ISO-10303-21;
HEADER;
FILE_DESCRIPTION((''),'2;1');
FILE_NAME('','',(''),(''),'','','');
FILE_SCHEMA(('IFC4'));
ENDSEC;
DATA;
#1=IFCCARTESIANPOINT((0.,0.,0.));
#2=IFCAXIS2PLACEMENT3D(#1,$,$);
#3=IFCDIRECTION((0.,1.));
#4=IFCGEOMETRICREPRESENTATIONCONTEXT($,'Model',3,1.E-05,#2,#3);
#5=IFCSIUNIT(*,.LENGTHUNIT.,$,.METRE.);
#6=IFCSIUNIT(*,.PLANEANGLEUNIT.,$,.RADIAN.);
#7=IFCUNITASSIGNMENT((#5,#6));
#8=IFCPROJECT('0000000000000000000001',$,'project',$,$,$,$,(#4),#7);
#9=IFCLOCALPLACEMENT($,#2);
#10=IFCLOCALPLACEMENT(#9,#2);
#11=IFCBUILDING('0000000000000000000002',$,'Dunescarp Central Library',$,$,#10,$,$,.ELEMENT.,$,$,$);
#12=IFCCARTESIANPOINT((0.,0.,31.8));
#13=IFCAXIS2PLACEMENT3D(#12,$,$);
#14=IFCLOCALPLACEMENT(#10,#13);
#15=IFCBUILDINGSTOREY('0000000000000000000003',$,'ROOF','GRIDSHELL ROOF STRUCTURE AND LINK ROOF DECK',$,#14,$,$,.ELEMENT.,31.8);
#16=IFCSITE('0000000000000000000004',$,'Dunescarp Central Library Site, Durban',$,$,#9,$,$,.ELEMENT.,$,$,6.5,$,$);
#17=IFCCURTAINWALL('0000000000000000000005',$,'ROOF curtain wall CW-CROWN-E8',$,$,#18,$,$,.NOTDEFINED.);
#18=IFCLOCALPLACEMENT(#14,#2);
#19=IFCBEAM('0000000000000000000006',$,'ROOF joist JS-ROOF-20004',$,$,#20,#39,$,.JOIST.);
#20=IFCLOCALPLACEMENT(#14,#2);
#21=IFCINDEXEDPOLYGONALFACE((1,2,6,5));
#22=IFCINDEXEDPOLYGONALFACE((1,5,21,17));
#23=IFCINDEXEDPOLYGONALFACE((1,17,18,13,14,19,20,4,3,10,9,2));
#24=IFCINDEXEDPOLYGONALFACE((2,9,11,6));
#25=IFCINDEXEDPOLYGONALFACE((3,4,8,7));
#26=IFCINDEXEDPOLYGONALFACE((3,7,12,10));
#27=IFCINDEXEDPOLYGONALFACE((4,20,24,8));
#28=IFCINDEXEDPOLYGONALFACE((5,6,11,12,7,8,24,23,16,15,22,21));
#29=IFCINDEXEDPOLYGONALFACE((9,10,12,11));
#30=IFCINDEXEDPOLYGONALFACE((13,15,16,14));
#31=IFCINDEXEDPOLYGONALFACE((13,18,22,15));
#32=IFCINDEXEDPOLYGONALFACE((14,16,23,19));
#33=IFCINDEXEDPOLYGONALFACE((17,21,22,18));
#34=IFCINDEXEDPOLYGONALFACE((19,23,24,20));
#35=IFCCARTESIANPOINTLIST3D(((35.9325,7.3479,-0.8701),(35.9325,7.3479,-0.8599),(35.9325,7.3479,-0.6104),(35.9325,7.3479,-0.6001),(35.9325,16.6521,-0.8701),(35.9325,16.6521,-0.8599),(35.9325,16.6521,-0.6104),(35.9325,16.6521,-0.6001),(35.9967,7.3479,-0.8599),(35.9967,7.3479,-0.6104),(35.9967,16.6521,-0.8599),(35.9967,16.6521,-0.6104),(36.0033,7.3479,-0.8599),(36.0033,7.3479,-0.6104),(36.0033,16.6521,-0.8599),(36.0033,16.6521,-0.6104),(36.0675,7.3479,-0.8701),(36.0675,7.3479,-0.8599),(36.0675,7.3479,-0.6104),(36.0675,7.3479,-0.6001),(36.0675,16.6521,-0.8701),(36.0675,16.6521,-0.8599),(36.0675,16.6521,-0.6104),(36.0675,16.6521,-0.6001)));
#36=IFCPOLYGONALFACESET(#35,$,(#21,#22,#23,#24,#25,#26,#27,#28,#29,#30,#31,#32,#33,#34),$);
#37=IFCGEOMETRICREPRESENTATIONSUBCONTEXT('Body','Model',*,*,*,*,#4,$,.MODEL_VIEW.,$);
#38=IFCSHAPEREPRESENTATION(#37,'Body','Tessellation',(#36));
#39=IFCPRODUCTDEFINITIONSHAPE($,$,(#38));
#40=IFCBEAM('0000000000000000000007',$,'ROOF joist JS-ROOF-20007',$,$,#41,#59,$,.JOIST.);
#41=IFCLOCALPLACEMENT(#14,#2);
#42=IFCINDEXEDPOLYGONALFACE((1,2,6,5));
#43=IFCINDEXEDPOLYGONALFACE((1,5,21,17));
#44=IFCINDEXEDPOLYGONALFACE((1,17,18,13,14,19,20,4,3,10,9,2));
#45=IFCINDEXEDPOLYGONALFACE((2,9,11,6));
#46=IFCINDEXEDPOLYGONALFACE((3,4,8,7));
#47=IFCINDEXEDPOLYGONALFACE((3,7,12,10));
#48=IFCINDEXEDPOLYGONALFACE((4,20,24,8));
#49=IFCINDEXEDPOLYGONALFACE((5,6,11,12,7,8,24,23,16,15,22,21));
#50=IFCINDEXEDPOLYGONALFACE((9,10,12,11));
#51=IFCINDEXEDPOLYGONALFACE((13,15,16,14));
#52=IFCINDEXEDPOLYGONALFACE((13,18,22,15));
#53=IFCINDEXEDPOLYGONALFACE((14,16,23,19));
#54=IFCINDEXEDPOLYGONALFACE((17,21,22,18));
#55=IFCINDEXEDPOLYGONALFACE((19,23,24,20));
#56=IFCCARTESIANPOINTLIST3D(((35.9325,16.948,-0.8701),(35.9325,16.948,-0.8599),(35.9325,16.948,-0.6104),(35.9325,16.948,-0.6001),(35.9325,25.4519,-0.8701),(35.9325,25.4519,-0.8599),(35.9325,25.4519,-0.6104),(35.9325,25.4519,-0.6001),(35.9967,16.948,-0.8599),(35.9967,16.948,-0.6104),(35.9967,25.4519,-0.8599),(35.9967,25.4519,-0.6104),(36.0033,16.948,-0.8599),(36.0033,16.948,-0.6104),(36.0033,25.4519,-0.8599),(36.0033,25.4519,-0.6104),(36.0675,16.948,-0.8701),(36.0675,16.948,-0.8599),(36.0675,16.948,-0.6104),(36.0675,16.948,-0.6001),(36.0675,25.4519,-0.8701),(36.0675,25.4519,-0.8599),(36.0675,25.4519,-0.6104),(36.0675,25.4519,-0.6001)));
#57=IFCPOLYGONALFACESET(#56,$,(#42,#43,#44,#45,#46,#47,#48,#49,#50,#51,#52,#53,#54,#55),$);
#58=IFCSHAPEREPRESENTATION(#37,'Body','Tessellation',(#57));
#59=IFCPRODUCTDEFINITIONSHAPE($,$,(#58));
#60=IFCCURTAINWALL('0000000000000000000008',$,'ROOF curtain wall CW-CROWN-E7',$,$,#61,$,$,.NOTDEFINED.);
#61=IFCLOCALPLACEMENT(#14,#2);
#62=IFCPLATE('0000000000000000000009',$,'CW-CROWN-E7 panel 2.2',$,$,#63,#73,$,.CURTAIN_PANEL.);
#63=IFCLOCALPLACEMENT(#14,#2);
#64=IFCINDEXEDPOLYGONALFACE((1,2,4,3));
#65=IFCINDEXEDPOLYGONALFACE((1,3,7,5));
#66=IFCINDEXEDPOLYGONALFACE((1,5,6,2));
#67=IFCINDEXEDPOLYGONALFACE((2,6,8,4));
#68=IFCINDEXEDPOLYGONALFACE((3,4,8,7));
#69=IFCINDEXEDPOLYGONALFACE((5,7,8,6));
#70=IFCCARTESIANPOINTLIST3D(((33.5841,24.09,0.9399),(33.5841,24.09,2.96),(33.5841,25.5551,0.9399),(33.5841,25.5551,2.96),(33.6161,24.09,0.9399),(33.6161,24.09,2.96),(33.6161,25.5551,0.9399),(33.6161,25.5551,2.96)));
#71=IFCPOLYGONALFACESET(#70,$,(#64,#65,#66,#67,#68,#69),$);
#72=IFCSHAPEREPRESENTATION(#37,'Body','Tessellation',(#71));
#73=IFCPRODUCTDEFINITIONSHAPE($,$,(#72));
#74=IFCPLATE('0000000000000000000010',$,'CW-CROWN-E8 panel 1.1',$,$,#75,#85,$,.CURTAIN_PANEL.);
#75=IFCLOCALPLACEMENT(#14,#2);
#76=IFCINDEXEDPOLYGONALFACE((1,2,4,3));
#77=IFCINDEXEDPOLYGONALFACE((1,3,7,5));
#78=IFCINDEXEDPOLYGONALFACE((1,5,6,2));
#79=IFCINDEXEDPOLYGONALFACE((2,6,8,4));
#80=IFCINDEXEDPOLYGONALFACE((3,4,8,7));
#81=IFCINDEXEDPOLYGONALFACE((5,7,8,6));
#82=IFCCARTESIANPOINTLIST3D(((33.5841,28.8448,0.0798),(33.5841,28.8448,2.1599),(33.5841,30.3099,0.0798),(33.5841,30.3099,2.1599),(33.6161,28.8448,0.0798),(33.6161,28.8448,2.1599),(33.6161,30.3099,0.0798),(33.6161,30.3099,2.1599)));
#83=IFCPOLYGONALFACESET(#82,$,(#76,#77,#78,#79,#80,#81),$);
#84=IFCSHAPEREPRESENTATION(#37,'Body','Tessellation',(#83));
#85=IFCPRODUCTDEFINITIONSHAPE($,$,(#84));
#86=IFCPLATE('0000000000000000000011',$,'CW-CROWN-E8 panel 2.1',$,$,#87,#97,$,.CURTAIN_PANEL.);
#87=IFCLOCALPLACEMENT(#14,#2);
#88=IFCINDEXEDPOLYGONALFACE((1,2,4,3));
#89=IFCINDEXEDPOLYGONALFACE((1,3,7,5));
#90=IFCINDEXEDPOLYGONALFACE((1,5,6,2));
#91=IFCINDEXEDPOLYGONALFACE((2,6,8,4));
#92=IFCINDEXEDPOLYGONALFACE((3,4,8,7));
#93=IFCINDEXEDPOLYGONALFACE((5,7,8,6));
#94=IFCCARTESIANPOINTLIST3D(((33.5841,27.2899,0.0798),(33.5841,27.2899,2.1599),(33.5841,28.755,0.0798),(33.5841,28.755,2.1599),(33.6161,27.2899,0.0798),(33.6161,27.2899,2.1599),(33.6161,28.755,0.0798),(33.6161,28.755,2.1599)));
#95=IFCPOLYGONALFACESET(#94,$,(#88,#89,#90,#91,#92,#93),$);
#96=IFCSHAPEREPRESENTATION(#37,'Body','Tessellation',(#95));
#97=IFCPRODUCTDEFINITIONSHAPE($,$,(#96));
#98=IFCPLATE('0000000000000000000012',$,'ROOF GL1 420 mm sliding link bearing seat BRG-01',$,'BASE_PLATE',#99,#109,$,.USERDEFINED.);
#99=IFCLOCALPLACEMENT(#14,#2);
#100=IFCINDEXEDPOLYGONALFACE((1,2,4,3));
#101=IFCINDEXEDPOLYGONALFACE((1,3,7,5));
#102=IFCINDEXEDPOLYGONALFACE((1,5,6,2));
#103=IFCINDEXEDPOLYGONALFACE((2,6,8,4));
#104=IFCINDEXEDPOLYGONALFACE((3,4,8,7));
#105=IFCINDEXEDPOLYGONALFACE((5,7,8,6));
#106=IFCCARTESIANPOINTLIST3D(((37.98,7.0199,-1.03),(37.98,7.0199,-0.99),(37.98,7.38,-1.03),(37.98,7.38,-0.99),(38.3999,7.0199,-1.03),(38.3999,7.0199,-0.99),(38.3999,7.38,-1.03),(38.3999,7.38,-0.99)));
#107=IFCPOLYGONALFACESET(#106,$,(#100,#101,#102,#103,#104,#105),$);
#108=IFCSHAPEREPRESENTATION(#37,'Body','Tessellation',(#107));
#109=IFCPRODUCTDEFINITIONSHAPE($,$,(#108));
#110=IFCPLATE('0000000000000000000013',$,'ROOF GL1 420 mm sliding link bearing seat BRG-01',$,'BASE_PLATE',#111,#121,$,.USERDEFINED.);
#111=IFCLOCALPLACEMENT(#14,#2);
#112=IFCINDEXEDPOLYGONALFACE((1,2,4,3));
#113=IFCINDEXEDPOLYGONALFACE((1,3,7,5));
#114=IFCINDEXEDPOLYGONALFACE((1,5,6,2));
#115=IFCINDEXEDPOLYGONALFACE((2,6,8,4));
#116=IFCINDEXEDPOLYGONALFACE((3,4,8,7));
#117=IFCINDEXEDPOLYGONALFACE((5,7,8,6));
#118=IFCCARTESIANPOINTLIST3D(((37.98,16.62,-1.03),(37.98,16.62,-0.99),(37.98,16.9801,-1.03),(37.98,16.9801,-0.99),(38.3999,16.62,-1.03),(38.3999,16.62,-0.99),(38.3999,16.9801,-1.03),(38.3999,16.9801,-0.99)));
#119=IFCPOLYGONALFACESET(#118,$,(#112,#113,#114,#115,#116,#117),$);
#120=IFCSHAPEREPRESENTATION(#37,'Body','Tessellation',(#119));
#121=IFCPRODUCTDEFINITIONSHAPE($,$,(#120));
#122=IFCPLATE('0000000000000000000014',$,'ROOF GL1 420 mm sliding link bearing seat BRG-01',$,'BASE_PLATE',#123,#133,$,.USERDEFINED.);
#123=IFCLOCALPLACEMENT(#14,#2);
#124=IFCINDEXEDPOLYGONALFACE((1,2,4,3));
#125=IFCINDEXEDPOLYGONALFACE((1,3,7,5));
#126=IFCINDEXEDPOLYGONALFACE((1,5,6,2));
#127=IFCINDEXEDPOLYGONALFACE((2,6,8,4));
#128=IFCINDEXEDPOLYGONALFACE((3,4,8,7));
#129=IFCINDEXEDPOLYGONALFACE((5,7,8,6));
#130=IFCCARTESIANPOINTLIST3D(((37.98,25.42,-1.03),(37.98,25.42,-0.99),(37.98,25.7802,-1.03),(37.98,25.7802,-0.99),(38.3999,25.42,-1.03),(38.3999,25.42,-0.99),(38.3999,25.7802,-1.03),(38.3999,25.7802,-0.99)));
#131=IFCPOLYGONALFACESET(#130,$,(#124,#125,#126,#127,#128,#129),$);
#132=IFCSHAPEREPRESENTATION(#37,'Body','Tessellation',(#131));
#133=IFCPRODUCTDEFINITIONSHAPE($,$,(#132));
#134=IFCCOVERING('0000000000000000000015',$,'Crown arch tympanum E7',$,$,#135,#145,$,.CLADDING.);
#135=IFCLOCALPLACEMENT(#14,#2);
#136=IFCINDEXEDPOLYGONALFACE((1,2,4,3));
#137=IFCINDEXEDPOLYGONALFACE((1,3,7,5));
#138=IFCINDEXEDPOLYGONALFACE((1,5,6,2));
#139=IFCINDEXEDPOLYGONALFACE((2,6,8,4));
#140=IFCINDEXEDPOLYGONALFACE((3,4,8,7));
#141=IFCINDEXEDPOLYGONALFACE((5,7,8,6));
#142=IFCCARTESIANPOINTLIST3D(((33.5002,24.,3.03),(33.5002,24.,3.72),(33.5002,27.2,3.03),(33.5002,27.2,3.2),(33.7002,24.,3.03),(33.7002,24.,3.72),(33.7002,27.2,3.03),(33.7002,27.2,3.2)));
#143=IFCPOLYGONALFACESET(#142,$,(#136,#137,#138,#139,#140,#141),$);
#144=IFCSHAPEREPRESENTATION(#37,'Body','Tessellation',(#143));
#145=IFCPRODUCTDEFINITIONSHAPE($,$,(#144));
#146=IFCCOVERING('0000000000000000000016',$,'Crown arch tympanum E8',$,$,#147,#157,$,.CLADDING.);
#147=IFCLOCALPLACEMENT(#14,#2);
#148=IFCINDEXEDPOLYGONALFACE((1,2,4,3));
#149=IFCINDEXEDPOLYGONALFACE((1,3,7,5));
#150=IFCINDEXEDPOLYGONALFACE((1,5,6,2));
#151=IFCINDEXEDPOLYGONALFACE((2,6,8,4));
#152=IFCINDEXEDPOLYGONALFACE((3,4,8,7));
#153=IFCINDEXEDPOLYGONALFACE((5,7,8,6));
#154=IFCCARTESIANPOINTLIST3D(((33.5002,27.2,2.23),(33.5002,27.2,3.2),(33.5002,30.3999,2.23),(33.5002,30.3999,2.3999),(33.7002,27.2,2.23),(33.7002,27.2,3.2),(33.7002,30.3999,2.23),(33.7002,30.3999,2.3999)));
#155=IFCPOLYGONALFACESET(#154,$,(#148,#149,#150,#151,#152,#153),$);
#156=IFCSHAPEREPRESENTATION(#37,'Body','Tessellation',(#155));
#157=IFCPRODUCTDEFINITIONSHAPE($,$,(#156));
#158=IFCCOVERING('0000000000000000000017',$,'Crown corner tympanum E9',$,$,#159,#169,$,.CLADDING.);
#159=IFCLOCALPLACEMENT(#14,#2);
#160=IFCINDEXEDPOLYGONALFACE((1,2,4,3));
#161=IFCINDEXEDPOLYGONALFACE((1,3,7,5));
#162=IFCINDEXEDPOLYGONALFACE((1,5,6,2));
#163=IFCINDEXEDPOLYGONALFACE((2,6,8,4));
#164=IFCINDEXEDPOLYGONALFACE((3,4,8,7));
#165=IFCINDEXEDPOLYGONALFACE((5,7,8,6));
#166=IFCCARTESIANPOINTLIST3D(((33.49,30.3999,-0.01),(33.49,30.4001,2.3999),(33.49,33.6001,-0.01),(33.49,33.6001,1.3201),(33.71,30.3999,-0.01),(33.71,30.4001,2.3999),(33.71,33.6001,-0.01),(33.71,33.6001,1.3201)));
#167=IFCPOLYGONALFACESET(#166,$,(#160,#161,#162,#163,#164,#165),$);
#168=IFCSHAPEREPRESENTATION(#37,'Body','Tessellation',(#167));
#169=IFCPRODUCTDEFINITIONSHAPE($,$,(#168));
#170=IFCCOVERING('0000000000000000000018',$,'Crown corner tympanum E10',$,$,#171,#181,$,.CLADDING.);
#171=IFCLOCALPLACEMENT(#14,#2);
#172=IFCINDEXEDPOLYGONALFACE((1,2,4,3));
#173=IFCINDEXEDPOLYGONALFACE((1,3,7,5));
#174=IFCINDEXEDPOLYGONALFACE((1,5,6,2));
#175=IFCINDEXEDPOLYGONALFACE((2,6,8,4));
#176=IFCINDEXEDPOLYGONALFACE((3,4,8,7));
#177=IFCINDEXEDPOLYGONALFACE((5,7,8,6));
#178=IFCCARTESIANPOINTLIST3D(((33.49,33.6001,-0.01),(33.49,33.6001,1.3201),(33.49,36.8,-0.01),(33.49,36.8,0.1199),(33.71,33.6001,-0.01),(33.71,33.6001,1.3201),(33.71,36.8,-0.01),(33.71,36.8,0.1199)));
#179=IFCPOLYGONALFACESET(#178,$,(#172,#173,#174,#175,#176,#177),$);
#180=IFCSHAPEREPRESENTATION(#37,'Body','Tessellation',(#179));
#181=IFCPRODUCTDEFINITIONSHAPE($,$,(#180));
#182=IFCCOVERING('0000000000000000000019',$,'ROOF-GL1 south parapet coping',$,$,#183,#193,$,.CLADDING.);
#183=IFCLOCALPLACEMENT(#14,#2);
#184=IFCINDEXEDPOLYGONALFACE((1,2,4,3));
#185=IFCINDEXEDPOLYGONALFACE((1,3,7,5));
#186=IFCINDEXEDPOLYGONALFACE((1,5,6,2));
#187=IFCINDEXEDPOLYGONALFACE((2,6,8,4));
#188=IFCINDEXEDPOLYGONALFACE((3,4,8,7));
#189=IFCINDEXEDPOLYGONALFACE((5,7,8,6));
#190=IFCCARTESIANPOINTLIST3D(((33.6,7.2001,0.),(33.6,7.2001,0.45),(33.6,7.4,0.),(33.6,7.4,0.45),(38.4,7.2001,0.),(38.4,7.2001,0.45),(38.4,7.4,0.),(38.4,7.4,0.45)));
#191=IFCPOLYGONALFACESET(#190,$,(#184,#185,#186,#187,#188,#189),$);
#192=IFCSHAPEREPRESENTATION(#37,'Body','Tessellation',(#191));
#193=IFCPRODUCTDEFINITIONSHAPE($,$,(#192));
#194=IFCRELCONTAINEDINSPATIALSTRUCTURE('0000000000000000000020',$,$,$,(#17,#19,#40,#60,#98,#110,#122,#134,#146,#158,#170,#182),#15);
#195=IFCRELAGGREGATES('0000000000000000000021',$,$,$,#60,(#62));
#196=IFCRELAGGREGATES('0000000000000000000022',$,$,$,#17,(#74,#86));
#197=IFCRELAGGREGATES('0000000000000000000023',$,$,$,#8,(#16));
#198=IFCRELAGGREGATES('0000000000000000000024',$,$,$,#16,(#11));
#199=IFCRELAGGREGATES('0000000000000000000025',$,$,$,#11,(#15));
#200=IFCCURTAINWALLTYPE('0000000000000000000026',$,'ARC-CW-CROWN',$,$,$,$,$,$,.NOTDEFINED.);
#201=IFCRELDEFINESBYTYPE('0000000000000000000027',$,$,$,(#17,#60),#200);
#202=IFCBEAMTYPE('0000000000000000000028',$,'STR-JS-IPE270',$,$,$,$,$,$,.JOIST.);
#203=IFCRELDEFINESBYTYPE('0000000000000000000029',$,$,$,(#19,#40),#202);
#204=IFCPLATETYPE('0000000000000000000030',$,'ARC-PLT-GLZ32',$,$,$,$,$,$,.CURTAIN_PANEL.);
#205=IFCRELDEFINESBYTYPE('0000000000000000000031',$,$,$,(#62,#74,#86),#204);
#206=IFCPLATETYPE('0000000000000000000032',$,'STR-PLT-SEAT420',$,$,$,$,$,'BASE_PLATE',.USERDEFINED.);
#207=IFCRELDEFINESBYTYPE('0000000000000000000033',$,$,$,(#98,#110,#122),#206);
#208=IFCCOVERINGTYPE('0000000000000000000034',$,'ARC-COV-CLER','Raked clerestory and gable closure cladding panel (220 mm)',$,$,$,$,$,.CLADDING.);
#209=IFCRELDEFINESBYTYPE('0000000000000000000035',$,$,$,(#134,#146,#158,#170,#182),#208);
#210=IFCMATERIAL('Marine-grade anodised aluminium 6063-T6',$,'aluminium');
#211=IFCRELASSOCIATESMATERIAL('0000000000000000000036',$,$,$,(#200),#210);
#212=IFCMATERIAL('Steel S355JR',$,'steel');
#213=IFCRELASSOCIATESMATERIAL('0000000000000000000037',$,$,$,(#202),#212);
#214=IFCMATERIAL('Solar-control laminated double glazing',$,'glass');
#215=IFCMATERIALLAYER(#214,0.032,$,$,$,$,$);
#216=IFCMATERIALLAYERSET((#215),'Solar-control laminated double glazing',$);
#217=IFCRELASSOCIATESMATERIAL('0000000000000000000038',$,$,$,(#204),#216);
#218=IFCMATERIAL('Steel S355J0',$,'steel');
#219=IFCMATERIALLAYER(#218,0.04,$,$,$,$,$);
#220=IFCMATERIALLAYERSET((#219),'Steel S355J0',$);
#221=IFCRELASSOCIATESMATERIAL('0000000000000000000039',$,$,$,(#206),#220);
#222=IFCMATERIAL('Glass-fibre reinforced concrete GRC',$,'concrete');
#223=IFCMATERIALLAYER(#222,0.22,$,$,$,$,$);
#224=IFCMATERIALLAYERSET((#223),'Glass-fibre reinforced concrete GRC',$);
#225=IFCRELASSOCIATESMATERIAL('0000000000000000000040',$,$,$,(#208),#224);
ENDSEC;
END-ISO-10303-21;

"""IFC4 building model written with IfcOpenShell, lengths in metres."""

from ifc_helpers import new_model, si_unit, direction, frame, origin, origin_2d, place, context, subcontext, project, spatial, polyline, rectangle, i_section, outline, extrude, material, layer, layer_set, material_profile, profile_set, type_object, element, aggregate, save


model = new_model("IFC4")

# Units and contexts
model_context = context("Model", 3, precision=1e-05, world=origin(), true_north=direction((0.0, 1.0)))
body_context = subcontext(model_context, "Body", "Model", "MODEL_VIEW")
ifc_project = project(units=[si_unit("LENGTHUNIT", "METRE"), si_unit("PLANEANGLEUNIT", "RADIAN")], contexts=[model_context])

# Site, building, storey
site_placement = place(None, origin())
site = spatial("IfcSite", under=ifc_project, at=site_placement, Name="Dunescarp Central Library Site, Durban", CompositionType="ELEMENT", RefElevation=6.5)
building_placement = place(site_placement, origin())
building = spatial("IfcBuilding", under=site, at=building_placement, Name="Dunescarp Central Library", CompositionType="ELEMENT")
storey_placement = place(building_placement, frame((0.0, 0.0, 31.8)))
storey = spatial("IfcBuildingStorey", under=building, at=storey_placement, Name="ROOF", Description="GRIDSHELL ROOF STRUCTURE AND LINK ROOF DECK", CompositionType="ELEMENT", Elevation=31.8)

# Shared definitions
ifc_material_1 = material(Name="Steel S355JR", Category="steel")

# Curtain wall
ifc_material_2 = material(Name="Marine-grade anodised aluminium 6063-T6", Category="aluminium")
curtain_wall_type = type_object("IfcCurtainWallType", Name="ARC-CW-CROWN", PredefinedType="NOTDEFINED", material=ifc_material_2)
curtain_wall_1_placement = place(storey_placement, origin())
curtain_wall_1 = element("IfcCurtainWall", 1, at=curtain_wall_1_placement, inside=storey, type_object=curtain_wall_type, Name="ROOF curtain wall CW-CROWN-E8", PredefinedType="NOTDEFINED")

# Beams
ifc_material_profile_1 = material_profile(ifc_material_1, i_section(OverallWidth=0.135, OverallDepth=0.27, WebThickness=0.0066, FlangeThickness=0.0103, at=origin_2d()), Name="IPE 270")
ifc_profile_set_1 = profile_set([ifc_material_profile_1], Name="Steel S355JR")
beam_type_1 = type_object("IfcBeamType", Name="STR-JS-IPE270", PredefinedType="JOIST", material=ifc_profile_set_1)
beam_1_placement = place(storey_placement, frame((36.0, 7.3479, -0.7351), z_axis=(0.0, 1.0, 0.0), x_axis=(-1.0, 0.0, 0.0)))
element("IfcBeam", 2, at=beam_1_placement, inside=storey, type_object=beam_type_1, Name="ROOF joist JS-ROOF-20004", PredefinedType="JOIST", context=body_context, shape_type="SweptSolid", body=[
    extrude(i_section(OverallWidth=0.135, OverallDepth=0.27, WebThickness=0.0066, FlangeThickness=0.0103, at=origin_2d()), origin(), (0.0, 0.0, 1.0), 9.3042),
])
beam_2_placement = place(storey_placement, frame((36.0, 16.948, -0.7351), z_axis=(0.0, 1.0, 0.0), x_axis=(-1.0, 0.0, 0.0)))
element("IfcBeam", 3, at=beam_2_placement, inside=storey, type_object=beam_type_1, Name="ROOF joist JS-ROOF-20007", PredefinedType="JOIST", context=body_context, shape_type="SweptSolid", body=[
    extrude(i_section(OverallWidth=0.135, OverallDepth=0.27, WebThickness=0.0066, FlangeThickness=0.0103, at=origin_2d()), origin(), (0.0, 0.0, 1.0), 8.5039),
])

# Curtain wall, plate
curtain_wall_2_placement = place(storey_placement, origin())
curtain_wall_2 = element("IfcCurtainWall", 4, at=curtain_wall_2_placement, inside=storey, type_object=curtain_wall_type, Name="ROOF curtain wall CW-CROWN-E7", PredefinedType="NOTDEFINED")
ifc_material_3 = material(Name="Solar-control laminated double glazing", Category="glass")
ifc_layer_1 = layer(ifc_material_3, 0.032)
ifc_layer_set_1 = layer_set([ifc_layer_1], Name="Solar-control laminated double glazing")
plate_type_1 = type_object("IfcPlateType", Name="ARC-PLT-GLZ32", PredefinedType="CURTAIN_PANEL", material=ifc_layer_set_1)
plate_1_placement = place(storey_placement, frame((33.6001, 24.8225, 0.9399), z_axis=(0.0, 0.0, 1.0), x_axis=(0.0, -1.0, 0.0)))
plate_1 = element("IfcPlate", 5, at=plate_1_placement, type_object=plate_type_1, Name="CW-CROWN-E7 panel 2.2", PredefinedType="CURTAIN_PANEL", context=body_context, shape_type="SweptSolid", body=[
    extrude(rectangle(XDim=1.4651, YDim=0.032, at=origin_2d()), origin(), (0.0, 0.0, 1.0), 2.02),
])
aggregate(curtain_wall_2, [plate_1])

# Plates
plate_2_placement = place(storey_placement, frame((33.6001, 29.5774, 0.0798), z_axis=(0.0, 0.0, 1.0), x_axis=(0.0, -1.0, 0.0)))
plate_2 = element("IfcPlate", 6, at=plate_2_placement, type_object=plate_type_1, Name="CW-CROWN-E8 panel 1.1", PredefinedType="CURTAIN_PANEL", context=body_context, shape_type="SweptSolid", body=[
    extrude(rectangle(XDim=1.4651, YDim=0.032, at=origin_2d()), origin(), (0.0, 0.0, 1.0), 2.0801),
])
plate_3_placement = place(storey_placement, frame((33.6001, 28.0225, 0.0798), z_axis=(0.0, 0.0, 1.0), x_axis=(0.0, -1.0, 0.0)))
plate_3 = element("IfcPlate", 7, at=plate_3_placement, type_object=plate_type_1, Name="CW-CROWN-E8 panel 2.1", PredefinedType="CURTAIN_PANEL", context=body_context, shape_type="SweptSolid", body=[
    extrude(rectangle(XDim=1.4651, YDim=0.032, at=origin_2d()), origin(), (0.0, 0.0, 1.0), 2.0801),
])
aggregate(curtain_wall_1, [plate_2, plate_3])

# Plates
ifc_material_4 = material(Name="Steel S355J0", Category="steel")
ifc_layer_2 = layer(ifc_material_4, 0.04)
ifc_layer_set_2 = layer_set([ifc_layer_2], Name="Steel S355J0")
plate_type_2 = type_object("IfcPlateType", Name="STR-PLT-SEAT420", ElementType="BASE_PLATE", PredefinedType="USERDEFINED", material=ifc_layer_set_2)
for number, where, z_axis, x_axis, name in (
    (8, (38.1899, 7.2, -1.03), (0.0, 0.0, 1.0), (1.0, 0.0, 0.0), "ROOF GL1 420 mm sliding link bearing seat BRG-01"),
    (9, (38.1899, 16.8, -1.03), (0.0, 0.0, 1.0), (1.0, 0.0, 0.0), "ROOF GL1 420 mm sliding link bearing seat BRG-01"),
    (10, (38.1899, 25.6001, -1.03), (0.0, 0.0, 1.0), (1.0, 0.0, 0.0), "ROOF GL1 420 mm sliding link bearing seat BRG-01"),
):
    element("IfcPlate", number, at=place(storey_placement, frame(where, z_axis=z_axis, x_axis=x_axis)), inside=storey, type_object=plate_type_2, Name=name, ObjectType="BASE_PLATE", PredefinedType="USERDEFINED", context=body_context, shape_type="SweptSolid", body=[
        extrude(rectangle(XDim=0.4199, YDim=0.3601, at=origin_2d()), origin(), (0.0, 0.0, 1.0), 0.04),
    ])

# Coverings
ifc_material_5 = material(Name="Glass-fibre reinforced concrete GRC", Category="concrete")
ifc_layer_3 = layer(ifc_material_5, 0.22)
ifc_layer_set_3 = layer_set([ifc_layer_3], Name="Glass-fibre reinforced concrete GRC")
covering_type = type_object("IfcCoveringType", Name="ARC-COV-CLER", Description="Raked clerestory and gable closure cladding panel (220 mm)", PredefinedType="CLADDING", material=ifc_layer_set_3)
covering_1_placement = place(storey_placement, frame((33.6001, 27.2, 3.03), z_axis=(0.0, 0.0, 1.0), x_axis=(0.0, -1.0, 0.0)))
element("IfcCovering", 11, at=covering_1_placement, inside=storey, type_object=covering_type, Name="Crown arch tympanum E7", PredefinedType="CLADDING", context=body_context, shape_type="SweptSolid", body=[
    extrude(outline(polyline([(0.0, 0.0), (3.2, 0.0), (3.2, 0.6899), (0.0, 0.1699), (0.0, 0.0)])), frame((0.0, 0.1001, 0.0), z_axis=(0.0, -1.0, 0.0), x_axis=(1.0, 0.0, 0.0)), (0.0, 0.0, 1.0), 0.2),
])
covering_2_placement = place(storey_placement, frame((33.6001, 30.3999, 2.23), z_axis=(0.0, 0.0, 1.0), x_axis=(0.0, -1.0, 0.0)))
element("IfcCovering", 12, at=covering_2_placement, inside=storey, type_object=covering_type, Name="Crown arch tympanum E8", PredefinedType="CLADDING", context=body_context, shape_type="SweptSolid", body=[
    extrude(outline(polyline([(0.0, 0.0), (3.2, 0.0), (3.2, 0.97), (0.0, 0.1699), (0.0, 0.0)])), frame((0.0, 0.1001, 0.0), z_axis=(0.0, -1.0, 0.0), x_axis=(1.0, 0.0, 0.0)), (0.0, 0.0, 1.0), 0.2),
])
covering_3_placement = place(storey_placement, frame((33.6001, 33.6001, -0.01), z_axis=(0.0, 0.0, 1.0), x_axis=(0.0, -1.0, 0.0)))
element("IfcCovering", 13, at=covering_3_placement, inside=storey, type_object=covering_type, Name="Crown corner tympanum E9", PredefinedType="CLADDING", context=body_context, shape_type="SweptSolid", body=[
    extrude(outline(polyline([(0.0, 0.0), (3.2002, 0.0), (3.2, 2.4099), (0.0, 1.3301), (0.0, 0.0)])), frame((0.0, 0.1099, 0.0), z_axis=(0.0, -1.0, 0.0), x_axis=(1.0, 0.0, 0.0)), (0.0, 0.0, 1.0), 0.22),
])
covering_4_placement = place(storey_placement, frame((33.6001, 36.8, -0.01), z_axis=(0.0, 0.0, 1.0), x_axis=(0.0, -1.0, 0.0)))
element("IfcCovering", 14, at=covering_4_placement, inside=storey, type_object=covering_type, Name="Crown corner tympanum E10", PredefinedType="CLADDING", context=body_context, shape_type="SweptSolid", body=[
    extrude(outline(polyline([(0.0, 0.0), (3.2, 0.0), (3.2, 1.3301), (0.0, 0.1299), (0.0, 0.0)])), frame((0.0, 0.1099, 0.0), z_axis=(0.0, -1.0, 0.0), x_axis=(1.0, 0.0, 0.0)), (0.0, 0.0, 1.0), 0.22),
])
for number, where, z_axis, x_axis, name in (
    (15, (36.0, 7.3, 0.0), (0.0, 0.0, 1.0), (1.0, 0.0, 0.0), "ROOF-GL1 south parapet coping"),
):
    element("IfcCovering", number, at=place(storey_placement, frame(where, z_axis=z_axis, x_axis=x_axis)), inside=storey, type_object=covering_type, Name=name, PredefinedType="CLADDING", context=body_context, shape_type="SweptSolid", body=[
        extrude(rectangle(XDim=4.8, YDim=0.2, at=origin_2d()), origin(), (0.0, 0.0, 1.0), 0.45),
    ])

save(model, "model.ifc")
